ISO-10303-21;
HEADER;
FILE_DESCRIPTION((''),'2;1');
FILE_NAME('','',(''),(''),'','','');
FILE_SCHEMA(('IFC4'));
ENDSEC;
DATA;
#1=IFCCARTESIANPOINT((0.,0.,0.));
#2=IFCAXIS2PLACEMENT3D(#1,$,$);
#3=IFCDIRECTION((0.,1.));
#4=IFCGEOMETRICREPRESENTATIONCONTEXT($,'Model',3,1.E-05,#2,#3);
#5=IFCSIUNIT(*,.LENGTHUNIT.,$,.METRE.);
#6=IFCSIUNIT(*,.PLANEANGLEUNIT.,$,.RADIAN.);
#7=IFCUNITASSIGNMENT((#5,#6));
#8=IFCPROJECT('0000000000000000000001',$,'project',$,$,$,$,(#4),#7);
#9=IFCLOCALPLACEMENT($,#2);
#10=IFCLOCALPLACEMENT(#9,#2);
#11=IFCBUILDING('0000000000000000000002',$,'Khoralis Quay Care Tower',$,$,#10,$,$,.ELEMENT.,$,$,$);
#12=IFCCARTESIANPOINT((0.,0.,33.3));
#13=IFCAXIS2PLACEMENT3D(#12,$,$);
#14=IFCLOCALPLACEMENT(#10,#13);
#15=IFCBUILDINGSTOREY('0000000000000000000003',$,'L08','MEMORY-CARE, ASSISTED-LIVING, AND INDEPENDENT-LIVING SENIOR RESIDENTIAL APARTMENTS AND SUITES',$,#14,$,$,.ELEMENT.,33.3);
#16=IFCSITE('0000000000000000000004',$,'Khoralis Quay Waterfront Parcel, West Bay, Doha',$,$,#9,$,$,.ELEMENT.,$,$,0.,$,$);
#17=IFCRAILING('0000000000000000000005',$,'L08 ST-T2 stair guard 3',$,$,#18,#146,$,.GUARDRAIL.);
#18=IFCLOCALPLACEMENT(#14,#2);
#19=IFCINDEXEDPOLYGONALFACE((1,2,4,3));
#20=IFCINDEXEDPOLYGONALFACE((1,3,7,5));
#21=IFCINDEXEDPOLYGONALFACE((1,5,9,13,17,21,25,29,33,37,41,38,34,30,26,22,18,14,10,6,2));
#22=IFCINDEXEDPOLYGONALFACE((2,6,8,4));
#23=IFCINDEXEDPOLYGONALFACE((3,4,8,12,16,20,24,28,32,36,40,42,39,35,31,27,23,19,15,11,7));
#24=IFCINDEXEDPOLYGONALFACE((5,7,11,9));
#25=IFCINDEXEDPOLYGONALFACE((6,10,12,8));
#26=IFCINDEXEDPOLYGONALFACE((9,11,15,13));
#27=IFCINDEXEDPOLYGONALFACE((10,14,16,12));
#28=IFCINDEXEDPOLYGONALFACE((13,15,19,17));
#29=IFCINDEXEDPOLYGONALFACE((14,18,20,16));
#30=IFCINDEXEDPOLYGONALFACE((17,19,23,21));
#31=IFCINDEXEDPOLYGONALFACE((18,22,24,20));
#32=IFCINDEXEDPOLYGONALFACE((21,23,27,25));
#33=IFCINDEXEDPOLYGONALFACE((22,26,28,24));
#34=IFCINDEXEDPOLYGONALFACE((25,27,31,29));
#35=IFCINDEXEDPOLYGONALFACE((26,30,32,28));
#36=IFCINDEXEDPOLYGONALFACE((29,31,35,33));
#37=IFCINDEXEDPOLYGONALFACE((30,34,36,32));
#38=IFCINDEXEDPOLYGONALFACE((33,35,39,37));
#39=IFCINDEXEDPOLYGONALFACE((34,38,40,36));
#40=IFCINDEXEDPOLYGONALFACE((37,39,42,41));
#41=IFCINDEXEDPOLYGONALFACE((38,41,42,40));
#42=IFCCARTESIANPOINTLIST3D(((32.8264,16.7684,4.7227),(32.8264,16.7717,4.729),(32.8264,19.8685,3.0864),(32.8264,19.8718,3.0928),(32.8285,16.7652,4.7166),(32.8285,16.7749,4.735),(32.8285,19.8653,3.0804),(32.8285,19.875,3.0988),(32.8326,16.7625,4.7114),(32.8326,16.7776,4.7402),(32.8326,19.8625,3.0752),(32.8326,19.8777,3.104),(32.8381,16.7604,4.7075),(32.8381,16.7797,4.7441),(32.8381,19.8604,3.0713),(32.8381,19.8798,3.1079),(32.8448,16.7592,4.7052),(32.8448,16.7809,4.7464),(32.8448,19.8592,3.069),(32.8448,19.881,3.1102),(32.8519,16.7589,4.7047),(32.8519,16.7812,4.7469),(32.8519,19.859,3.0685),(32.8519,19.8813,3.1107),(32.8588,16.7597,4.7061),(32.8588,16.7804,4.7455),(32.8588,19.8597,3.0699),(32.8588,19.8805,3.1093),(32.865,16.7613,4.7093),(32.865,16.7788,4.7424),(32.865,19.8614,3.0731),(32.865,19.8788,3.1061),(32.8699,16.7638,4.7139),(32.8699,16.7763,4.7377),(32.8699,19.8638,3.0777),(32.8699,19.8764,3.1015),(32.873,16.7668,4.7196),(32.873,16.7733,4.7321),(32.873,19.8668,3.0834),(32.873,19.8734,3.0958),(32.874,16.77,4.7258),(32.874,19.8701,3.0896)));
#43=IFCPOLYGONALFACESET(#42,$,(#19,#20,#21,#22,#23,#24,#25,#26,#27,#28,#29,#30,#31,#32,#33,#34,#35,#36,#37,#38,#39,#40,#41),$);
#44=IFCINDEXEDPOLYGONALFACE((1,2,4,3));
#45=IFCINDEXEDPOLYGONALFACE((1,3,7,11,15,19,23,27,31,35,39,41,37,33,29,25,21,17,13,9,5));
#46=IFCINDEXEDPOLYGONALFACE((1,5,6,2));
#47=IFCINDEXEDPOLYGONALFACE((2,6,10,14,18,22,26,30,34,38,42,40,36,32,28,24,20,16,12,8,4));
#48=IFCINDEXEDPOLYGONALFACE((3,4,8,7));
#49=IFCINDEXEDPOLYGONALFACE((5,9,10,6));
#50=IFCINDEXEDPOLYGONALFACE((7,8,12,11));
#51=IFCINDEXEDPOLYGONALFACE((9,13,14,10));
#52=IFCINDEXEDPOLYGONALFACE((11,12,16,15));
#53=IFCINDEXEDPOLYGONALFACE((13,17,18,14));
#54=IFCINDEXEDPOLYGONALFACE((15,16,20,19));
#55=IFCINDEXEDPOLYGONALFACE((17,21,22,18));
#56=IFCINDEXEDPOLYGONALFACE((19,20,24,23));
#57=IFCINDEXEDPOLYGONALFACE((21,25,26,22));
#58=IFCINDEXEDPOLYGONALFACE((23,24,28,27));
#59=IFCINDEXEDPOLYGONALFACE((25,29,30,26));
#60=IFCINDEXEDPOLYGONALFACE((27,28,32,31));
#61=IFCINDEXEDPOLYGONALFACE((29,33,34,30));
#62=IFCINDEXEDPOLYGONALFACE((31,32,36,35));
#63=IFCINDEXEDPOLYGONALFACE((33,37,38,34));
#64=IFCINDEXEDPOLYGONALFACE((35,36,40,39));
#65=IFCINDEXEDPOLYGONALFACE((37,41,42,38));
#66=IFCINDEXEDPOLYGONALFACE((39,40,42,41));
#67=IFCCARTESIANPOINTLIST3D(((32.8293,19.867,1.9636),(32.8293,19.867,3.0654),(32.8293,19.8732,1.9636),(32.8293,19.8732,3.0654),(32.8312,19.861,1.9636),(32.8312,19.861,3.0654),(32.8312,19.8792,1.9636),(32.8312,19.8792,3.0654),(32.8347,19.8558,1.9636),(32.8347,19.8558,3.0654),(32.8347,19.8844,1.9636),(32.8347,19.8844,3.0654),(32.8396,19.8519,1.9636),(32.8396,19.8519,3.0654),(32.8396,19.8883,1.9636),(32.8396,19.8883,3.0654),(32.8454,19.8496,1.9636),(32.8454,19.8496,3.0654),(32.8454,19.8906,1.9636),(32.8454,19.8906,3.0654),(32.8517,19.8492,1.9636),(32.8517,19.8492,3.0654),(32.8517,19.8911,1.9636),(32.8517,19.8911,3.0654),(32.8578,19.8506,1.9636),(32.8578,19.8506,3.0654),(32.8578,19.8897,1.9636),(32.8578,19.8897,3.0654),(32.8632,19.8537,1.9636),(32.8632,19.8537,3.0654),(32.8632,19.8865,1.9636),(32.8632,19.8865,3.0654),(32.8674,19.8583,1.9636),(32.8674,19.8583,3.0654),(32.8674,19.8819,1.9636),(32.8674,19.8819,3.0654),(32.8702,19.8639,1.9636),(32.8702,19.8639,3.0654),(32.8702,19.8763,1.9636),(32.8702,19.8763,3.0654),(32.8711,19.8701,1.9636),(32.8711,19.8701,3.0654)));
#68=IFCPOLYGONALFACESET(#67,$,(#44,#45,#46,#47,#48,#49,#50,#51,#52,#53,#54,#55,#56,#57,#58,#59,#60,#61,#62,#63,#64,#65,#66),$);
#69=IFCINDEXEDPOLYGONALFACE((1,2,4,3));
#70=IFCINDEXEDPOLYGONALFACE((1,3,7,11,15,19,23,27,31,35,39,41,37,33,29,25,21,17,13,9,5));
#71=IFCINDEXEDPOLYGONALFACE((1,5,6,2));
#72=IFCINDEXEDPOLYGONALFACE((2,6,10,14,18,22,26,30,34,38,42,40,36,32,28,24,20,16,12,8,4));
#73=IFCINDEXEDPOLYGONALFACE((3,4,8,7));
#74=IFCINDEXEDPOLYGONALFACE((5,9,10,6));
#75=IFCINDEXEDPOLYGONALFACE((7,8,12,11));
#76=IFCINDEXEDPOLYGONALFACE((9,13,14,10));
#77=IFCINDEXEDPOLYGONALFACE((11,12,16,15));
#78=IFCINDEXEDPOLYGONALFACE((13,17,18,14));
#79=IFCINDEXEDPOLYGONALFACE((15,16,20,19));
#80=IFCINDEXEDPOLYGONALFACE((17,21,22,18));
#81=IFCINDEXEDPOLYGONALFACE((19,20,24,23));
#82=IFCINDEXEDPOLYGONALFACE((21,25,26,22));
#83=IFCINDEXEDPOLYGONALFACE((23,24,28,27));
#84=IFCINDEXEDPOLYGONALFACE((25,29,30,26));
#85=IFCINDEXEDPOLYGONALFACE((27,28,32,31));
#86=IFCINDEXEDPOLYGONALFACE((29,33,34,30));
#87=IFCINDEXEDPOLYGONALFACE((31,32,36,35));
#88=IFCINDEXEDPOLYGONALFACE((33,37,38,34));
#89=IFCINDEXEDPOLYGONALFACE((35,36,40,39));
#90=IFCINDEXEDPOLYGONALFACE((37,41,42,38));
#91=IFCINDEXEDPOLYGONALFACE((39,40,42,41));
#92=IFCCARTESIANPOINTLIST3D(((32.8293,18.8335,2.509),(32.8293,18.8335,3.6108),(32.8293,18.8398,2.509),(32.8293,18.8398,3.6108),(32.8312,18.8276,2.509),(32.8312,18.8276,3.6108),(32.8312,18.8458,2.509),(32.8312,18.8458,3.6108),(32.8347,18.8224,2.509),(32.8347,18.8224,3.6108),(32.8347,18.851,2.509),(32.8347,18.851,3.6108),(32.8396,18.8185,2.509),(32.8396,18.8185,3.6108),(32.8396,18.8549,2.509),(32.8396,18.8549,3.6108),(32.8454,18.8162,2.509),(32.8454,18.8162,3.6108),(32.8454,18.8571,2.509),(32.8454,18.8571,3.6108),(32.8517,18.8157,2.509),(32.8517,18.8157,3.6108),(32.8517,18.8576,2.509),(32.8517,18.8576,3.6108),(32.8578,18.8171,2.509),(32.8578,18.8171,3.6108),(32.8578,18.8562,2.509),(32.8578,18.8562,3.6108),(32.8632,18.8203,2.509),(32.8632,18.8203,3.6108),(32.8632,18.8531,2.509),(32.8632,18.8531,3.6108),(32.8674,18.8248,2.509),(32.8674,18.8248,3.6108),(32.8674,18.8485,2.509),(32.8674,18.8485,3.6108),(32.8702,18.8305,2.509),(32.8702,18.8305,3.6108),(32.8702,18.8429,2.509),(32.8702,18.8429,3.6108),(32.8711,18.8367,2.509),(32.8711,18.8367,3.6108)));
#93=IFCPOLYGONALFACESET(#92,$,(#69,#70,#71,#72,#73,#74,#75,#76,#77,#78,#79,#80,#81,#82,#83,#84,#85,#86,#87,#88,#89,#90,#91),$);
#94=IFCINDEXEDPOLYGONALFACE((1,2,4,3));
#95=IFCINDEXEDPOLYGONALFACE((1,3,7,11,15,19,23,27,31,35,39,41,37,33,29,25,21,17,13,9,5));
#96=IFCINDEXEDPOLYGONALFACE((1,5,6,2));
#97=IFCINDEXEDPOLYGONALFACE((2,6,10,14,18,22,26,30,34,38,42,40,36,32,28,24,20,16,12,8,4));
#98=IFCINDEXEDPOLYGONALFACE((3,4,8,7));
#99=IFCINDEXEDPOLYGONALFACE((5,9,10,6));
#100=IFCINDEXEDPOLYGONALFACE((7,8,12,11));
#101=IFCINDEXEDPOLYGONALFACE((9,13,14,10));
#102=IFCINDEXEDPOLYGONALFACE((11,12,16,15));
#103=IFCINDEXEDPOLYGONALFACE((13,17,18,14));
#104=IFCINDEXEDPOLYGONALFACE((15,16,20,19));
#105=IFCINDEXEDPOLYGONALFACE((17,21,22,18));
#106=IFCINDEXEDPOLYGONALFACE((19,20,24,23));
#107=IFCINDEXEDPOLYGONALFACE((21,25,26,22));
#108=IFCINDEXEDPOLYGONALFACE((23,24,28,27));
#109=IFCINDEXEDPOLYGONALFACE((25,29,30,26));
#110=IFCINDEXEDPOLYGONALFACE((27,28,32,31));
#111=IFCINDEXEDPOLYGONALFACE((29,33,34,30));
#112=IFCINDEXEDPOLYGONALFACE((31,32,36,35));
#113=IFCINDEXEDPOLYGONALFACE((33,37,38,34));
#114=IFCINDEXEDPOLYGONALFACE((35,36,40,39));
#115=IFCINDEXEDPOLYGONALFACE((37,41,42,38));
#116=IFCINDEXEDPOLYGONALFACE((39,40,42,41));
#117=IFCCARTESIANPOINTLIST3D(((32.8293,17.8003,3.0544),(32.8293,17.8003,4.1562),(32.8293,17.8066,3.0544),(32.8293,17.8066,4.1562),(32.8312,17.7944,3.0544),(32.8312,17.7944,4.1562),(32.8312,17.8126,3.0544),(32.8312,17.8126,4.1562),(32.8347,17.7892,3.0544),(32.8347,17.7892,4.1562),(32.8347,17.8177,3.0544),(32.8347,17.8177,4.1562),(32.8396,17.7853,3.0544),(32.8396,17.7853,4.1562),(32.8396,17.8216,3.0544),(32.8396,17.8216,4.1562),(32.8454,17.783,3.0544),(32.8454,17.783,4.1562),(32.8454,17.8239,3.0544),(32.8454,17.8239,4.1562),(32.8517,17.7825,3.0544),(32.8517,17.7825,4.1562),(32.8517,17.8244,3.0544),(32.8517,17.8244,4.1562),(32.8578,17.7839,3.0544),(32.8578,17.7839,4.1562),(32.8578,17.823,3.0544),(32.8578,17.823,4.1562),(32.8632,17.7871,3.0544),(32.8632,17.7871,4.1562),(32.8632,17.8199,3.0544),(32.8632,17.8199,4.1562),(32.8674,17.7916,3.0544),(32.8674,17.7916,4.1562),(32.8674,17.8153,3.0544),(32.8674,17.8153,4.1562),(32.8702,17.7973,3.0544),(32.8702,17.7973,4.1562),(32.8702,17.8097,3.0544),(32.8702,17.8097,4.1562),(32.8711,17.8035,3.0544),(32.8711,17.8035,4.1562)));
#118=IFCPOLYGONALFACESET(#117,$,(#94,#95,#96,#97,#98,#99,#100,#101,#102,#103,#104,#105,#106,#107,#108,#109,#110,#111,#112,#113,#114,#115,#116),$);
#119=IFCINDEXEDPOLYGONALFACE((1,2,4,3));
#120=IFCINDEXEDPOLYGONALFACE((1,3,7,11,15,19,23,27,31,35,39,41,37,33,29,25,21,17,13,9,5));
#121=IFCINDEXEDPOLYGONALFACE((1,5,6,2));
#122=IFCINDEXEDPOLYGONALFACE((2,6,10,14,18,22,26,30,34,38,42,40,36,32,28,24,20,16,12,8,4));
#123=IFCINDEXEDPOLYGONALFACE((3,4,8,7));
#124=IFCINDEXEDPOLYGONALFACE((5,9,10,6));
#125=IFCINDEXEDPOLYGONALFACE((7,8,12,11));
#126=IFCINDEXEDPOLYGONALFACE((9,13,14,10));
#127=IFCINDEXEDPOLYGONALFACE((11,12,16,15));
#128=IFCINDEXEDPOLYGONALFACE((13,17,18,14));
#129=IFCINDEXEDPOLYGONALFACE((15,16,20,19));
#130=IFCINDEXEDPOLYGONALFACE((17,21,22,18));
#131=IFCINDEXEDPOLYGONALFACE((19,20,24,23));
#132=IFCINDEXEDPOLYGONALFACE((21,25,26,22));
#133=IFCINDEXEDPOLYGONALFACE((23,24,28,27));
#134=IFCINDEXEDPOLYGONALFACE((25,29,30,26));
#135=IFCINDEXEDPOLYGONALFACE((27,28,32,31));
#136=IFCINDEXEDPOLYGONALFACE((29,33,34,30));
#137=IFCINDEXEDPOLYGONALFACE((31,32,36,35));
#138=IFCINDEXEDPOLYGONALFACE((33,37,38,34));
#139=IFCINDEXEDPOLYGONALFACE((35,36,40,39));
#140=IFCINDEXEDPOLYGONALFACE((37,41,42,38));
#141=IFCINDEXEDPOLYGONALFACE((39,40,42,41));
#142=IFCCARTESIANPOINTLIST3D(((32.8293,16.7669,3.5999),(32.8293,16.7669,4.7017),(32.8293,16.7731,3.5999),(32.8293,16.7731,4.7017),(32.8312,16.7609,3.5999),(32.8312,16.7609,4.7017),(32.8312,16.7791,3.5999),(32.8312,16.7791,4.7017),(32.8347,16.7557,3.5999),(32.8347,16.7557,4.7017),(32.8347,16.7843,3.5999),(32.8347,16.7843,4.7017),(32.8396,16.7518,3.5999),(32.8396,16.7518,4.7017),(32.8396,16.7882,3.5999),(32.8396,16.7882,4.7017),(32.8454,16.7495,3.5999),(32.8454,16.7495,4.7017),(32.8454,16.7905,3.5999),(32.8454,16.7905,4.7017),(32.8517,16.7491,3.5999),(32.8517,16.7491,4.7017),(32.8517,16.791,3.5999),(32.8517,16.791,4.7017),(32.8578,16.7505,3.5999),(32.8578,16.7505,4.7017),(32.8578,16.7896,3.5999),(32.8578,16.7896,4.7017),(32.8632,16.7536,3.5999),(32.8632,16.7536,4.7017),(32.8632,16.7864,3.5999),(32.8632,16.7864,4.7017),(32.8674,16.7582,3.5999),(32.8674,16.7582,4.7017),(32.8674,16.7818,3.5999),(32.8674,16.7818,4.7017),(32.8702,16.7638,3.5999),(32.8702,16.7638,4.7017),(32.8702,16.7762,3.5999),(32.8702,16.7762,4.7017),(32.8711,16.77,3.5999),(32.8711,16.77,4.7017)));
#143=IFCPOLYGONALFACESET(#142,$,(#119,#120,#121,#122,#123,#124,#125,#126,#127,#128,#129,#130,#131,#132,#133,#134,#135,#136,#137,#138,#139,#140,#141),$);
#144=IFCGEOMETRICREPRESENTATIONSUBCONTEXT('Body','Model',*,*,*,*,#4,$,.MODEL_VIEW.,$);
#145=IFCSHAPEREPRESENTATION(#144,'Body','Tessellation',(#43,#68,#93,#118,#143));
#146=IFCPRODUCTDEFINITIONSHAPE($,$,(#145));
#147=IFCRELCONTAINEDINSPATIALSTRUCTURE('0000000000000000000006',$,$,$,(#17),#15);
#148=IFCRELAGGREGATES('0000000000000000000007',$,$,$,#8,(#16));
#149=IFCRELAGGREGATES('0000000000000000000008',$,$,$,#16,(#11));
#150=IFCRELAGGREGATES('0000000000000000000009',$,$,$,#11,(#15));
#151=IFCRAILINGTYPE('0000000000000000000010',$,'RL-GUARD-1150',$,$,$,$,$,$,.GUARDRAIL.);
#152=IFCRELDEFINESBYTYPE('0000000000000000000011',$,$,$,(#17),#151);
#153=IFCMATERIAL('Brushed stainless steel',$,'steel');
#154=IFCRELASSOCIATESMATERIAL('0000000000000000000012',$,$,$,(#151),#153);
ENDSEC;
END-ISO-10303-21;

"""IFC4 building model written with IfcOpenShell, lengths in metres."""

from ifc_helpers import new_model, si_unit, direction, frame, origin, origin_2d, place, context, subcontext, project, spatial, circle, extrude, material, type_object, element, save


model = new_model("IFC4")

# Units and contexts
model_context = context("Model", 3, precision=1e-05, world=origin(), true_north=direction((0.0, 1.0)))
body_context = subcontext(model_context, "Body", "Model", "MODEL_VIEW")
ifc_project = project(units=[si_unit("LENGTHUNIT", "METRE"), si_unit("PLANEANGLEUNIT", "RADIAN")], contexts=[model_context])

# Site, building, storey
site_placement = place(None, origin())
site = spatial("IfcSite", under=ifc_project, at=site_placement, Name="Khoralis Quay Waterfront Parcel, West Bay, Doha", CompositionType="ELEMENT", RefElevation=0.0)
building_placement = place(site_placement, origin())
building = spatial("IfcBuilding", under=site, at=building_placement, Name="Khoralis Quay Care Tower", CompositionType="ELEMENT")
storey_placement = place(building_placement, frame((0.0, 0.0, 33.3)))
storey = spatial("IfcBuildingStorey", under=building, at=storey_placement, Name="L08", Description="MEMORY-CARE, ASSISTED-LIVING, AND INDEPENDENT-LIVING SENIOR RESIDENTIAL APARTMENTS AND SUITES", CompositionType="ELEMENT", Elevation=33.3)

# Shared definitions
ifc_material_1 = material(Name="Brushed stainless steel", Category="steel")

# Railing
railing_type_1 = type_object("IfcRailingType", Name="RL-GUARD-1150", PredefinedType="GUARDRAIL", material=ifc_material_1)
railing_1_placement = place(storey_placement, frame((32.8501, 19.8701, 1.9636)))
element("IfcRailing", 1, at=railing_1_placement, inside=storey, type_object=railing_type_1, Name="L08 ST-T2 stair guard 3", PredefinedType="GUARDRAIL", context=body_context, shape_type="SweptSolid", body=[
    extrude(circle(Radius=0.0239, at=origin_2d()), frame((0.0, 0.0, 1.126), z_axis=(0.0, -0.884377, 0.466774), x_axis=(1.0, 0.0, 0.0)), (0.0, 0.0, 1.0), 3.5054),
    extrude(circle(Radius=0.021, at=origin_2d()), origin(), (0.0, 0.0, 1.0), 1.1018),
    extrude(circle(Radius=0.021, at=origin_2d()), frame((0.0, -1.0334, 0.5454)), (0.0, 0.0, 1.0), 1.1018),
    extrude(circle(Radius=0.021, at=origin_2d()), frame((0.0, -2.0667, 1.0908)), (0.0, 0.0, 1.0), 1.1018),
    extrude(circle(Radius=0.021, at=origin_2d()), frame((0.0, -3.1001, 1.6362)), (0.0, 0.0, 1.0), 1.1018),
])

save(model, "model.ifc")
